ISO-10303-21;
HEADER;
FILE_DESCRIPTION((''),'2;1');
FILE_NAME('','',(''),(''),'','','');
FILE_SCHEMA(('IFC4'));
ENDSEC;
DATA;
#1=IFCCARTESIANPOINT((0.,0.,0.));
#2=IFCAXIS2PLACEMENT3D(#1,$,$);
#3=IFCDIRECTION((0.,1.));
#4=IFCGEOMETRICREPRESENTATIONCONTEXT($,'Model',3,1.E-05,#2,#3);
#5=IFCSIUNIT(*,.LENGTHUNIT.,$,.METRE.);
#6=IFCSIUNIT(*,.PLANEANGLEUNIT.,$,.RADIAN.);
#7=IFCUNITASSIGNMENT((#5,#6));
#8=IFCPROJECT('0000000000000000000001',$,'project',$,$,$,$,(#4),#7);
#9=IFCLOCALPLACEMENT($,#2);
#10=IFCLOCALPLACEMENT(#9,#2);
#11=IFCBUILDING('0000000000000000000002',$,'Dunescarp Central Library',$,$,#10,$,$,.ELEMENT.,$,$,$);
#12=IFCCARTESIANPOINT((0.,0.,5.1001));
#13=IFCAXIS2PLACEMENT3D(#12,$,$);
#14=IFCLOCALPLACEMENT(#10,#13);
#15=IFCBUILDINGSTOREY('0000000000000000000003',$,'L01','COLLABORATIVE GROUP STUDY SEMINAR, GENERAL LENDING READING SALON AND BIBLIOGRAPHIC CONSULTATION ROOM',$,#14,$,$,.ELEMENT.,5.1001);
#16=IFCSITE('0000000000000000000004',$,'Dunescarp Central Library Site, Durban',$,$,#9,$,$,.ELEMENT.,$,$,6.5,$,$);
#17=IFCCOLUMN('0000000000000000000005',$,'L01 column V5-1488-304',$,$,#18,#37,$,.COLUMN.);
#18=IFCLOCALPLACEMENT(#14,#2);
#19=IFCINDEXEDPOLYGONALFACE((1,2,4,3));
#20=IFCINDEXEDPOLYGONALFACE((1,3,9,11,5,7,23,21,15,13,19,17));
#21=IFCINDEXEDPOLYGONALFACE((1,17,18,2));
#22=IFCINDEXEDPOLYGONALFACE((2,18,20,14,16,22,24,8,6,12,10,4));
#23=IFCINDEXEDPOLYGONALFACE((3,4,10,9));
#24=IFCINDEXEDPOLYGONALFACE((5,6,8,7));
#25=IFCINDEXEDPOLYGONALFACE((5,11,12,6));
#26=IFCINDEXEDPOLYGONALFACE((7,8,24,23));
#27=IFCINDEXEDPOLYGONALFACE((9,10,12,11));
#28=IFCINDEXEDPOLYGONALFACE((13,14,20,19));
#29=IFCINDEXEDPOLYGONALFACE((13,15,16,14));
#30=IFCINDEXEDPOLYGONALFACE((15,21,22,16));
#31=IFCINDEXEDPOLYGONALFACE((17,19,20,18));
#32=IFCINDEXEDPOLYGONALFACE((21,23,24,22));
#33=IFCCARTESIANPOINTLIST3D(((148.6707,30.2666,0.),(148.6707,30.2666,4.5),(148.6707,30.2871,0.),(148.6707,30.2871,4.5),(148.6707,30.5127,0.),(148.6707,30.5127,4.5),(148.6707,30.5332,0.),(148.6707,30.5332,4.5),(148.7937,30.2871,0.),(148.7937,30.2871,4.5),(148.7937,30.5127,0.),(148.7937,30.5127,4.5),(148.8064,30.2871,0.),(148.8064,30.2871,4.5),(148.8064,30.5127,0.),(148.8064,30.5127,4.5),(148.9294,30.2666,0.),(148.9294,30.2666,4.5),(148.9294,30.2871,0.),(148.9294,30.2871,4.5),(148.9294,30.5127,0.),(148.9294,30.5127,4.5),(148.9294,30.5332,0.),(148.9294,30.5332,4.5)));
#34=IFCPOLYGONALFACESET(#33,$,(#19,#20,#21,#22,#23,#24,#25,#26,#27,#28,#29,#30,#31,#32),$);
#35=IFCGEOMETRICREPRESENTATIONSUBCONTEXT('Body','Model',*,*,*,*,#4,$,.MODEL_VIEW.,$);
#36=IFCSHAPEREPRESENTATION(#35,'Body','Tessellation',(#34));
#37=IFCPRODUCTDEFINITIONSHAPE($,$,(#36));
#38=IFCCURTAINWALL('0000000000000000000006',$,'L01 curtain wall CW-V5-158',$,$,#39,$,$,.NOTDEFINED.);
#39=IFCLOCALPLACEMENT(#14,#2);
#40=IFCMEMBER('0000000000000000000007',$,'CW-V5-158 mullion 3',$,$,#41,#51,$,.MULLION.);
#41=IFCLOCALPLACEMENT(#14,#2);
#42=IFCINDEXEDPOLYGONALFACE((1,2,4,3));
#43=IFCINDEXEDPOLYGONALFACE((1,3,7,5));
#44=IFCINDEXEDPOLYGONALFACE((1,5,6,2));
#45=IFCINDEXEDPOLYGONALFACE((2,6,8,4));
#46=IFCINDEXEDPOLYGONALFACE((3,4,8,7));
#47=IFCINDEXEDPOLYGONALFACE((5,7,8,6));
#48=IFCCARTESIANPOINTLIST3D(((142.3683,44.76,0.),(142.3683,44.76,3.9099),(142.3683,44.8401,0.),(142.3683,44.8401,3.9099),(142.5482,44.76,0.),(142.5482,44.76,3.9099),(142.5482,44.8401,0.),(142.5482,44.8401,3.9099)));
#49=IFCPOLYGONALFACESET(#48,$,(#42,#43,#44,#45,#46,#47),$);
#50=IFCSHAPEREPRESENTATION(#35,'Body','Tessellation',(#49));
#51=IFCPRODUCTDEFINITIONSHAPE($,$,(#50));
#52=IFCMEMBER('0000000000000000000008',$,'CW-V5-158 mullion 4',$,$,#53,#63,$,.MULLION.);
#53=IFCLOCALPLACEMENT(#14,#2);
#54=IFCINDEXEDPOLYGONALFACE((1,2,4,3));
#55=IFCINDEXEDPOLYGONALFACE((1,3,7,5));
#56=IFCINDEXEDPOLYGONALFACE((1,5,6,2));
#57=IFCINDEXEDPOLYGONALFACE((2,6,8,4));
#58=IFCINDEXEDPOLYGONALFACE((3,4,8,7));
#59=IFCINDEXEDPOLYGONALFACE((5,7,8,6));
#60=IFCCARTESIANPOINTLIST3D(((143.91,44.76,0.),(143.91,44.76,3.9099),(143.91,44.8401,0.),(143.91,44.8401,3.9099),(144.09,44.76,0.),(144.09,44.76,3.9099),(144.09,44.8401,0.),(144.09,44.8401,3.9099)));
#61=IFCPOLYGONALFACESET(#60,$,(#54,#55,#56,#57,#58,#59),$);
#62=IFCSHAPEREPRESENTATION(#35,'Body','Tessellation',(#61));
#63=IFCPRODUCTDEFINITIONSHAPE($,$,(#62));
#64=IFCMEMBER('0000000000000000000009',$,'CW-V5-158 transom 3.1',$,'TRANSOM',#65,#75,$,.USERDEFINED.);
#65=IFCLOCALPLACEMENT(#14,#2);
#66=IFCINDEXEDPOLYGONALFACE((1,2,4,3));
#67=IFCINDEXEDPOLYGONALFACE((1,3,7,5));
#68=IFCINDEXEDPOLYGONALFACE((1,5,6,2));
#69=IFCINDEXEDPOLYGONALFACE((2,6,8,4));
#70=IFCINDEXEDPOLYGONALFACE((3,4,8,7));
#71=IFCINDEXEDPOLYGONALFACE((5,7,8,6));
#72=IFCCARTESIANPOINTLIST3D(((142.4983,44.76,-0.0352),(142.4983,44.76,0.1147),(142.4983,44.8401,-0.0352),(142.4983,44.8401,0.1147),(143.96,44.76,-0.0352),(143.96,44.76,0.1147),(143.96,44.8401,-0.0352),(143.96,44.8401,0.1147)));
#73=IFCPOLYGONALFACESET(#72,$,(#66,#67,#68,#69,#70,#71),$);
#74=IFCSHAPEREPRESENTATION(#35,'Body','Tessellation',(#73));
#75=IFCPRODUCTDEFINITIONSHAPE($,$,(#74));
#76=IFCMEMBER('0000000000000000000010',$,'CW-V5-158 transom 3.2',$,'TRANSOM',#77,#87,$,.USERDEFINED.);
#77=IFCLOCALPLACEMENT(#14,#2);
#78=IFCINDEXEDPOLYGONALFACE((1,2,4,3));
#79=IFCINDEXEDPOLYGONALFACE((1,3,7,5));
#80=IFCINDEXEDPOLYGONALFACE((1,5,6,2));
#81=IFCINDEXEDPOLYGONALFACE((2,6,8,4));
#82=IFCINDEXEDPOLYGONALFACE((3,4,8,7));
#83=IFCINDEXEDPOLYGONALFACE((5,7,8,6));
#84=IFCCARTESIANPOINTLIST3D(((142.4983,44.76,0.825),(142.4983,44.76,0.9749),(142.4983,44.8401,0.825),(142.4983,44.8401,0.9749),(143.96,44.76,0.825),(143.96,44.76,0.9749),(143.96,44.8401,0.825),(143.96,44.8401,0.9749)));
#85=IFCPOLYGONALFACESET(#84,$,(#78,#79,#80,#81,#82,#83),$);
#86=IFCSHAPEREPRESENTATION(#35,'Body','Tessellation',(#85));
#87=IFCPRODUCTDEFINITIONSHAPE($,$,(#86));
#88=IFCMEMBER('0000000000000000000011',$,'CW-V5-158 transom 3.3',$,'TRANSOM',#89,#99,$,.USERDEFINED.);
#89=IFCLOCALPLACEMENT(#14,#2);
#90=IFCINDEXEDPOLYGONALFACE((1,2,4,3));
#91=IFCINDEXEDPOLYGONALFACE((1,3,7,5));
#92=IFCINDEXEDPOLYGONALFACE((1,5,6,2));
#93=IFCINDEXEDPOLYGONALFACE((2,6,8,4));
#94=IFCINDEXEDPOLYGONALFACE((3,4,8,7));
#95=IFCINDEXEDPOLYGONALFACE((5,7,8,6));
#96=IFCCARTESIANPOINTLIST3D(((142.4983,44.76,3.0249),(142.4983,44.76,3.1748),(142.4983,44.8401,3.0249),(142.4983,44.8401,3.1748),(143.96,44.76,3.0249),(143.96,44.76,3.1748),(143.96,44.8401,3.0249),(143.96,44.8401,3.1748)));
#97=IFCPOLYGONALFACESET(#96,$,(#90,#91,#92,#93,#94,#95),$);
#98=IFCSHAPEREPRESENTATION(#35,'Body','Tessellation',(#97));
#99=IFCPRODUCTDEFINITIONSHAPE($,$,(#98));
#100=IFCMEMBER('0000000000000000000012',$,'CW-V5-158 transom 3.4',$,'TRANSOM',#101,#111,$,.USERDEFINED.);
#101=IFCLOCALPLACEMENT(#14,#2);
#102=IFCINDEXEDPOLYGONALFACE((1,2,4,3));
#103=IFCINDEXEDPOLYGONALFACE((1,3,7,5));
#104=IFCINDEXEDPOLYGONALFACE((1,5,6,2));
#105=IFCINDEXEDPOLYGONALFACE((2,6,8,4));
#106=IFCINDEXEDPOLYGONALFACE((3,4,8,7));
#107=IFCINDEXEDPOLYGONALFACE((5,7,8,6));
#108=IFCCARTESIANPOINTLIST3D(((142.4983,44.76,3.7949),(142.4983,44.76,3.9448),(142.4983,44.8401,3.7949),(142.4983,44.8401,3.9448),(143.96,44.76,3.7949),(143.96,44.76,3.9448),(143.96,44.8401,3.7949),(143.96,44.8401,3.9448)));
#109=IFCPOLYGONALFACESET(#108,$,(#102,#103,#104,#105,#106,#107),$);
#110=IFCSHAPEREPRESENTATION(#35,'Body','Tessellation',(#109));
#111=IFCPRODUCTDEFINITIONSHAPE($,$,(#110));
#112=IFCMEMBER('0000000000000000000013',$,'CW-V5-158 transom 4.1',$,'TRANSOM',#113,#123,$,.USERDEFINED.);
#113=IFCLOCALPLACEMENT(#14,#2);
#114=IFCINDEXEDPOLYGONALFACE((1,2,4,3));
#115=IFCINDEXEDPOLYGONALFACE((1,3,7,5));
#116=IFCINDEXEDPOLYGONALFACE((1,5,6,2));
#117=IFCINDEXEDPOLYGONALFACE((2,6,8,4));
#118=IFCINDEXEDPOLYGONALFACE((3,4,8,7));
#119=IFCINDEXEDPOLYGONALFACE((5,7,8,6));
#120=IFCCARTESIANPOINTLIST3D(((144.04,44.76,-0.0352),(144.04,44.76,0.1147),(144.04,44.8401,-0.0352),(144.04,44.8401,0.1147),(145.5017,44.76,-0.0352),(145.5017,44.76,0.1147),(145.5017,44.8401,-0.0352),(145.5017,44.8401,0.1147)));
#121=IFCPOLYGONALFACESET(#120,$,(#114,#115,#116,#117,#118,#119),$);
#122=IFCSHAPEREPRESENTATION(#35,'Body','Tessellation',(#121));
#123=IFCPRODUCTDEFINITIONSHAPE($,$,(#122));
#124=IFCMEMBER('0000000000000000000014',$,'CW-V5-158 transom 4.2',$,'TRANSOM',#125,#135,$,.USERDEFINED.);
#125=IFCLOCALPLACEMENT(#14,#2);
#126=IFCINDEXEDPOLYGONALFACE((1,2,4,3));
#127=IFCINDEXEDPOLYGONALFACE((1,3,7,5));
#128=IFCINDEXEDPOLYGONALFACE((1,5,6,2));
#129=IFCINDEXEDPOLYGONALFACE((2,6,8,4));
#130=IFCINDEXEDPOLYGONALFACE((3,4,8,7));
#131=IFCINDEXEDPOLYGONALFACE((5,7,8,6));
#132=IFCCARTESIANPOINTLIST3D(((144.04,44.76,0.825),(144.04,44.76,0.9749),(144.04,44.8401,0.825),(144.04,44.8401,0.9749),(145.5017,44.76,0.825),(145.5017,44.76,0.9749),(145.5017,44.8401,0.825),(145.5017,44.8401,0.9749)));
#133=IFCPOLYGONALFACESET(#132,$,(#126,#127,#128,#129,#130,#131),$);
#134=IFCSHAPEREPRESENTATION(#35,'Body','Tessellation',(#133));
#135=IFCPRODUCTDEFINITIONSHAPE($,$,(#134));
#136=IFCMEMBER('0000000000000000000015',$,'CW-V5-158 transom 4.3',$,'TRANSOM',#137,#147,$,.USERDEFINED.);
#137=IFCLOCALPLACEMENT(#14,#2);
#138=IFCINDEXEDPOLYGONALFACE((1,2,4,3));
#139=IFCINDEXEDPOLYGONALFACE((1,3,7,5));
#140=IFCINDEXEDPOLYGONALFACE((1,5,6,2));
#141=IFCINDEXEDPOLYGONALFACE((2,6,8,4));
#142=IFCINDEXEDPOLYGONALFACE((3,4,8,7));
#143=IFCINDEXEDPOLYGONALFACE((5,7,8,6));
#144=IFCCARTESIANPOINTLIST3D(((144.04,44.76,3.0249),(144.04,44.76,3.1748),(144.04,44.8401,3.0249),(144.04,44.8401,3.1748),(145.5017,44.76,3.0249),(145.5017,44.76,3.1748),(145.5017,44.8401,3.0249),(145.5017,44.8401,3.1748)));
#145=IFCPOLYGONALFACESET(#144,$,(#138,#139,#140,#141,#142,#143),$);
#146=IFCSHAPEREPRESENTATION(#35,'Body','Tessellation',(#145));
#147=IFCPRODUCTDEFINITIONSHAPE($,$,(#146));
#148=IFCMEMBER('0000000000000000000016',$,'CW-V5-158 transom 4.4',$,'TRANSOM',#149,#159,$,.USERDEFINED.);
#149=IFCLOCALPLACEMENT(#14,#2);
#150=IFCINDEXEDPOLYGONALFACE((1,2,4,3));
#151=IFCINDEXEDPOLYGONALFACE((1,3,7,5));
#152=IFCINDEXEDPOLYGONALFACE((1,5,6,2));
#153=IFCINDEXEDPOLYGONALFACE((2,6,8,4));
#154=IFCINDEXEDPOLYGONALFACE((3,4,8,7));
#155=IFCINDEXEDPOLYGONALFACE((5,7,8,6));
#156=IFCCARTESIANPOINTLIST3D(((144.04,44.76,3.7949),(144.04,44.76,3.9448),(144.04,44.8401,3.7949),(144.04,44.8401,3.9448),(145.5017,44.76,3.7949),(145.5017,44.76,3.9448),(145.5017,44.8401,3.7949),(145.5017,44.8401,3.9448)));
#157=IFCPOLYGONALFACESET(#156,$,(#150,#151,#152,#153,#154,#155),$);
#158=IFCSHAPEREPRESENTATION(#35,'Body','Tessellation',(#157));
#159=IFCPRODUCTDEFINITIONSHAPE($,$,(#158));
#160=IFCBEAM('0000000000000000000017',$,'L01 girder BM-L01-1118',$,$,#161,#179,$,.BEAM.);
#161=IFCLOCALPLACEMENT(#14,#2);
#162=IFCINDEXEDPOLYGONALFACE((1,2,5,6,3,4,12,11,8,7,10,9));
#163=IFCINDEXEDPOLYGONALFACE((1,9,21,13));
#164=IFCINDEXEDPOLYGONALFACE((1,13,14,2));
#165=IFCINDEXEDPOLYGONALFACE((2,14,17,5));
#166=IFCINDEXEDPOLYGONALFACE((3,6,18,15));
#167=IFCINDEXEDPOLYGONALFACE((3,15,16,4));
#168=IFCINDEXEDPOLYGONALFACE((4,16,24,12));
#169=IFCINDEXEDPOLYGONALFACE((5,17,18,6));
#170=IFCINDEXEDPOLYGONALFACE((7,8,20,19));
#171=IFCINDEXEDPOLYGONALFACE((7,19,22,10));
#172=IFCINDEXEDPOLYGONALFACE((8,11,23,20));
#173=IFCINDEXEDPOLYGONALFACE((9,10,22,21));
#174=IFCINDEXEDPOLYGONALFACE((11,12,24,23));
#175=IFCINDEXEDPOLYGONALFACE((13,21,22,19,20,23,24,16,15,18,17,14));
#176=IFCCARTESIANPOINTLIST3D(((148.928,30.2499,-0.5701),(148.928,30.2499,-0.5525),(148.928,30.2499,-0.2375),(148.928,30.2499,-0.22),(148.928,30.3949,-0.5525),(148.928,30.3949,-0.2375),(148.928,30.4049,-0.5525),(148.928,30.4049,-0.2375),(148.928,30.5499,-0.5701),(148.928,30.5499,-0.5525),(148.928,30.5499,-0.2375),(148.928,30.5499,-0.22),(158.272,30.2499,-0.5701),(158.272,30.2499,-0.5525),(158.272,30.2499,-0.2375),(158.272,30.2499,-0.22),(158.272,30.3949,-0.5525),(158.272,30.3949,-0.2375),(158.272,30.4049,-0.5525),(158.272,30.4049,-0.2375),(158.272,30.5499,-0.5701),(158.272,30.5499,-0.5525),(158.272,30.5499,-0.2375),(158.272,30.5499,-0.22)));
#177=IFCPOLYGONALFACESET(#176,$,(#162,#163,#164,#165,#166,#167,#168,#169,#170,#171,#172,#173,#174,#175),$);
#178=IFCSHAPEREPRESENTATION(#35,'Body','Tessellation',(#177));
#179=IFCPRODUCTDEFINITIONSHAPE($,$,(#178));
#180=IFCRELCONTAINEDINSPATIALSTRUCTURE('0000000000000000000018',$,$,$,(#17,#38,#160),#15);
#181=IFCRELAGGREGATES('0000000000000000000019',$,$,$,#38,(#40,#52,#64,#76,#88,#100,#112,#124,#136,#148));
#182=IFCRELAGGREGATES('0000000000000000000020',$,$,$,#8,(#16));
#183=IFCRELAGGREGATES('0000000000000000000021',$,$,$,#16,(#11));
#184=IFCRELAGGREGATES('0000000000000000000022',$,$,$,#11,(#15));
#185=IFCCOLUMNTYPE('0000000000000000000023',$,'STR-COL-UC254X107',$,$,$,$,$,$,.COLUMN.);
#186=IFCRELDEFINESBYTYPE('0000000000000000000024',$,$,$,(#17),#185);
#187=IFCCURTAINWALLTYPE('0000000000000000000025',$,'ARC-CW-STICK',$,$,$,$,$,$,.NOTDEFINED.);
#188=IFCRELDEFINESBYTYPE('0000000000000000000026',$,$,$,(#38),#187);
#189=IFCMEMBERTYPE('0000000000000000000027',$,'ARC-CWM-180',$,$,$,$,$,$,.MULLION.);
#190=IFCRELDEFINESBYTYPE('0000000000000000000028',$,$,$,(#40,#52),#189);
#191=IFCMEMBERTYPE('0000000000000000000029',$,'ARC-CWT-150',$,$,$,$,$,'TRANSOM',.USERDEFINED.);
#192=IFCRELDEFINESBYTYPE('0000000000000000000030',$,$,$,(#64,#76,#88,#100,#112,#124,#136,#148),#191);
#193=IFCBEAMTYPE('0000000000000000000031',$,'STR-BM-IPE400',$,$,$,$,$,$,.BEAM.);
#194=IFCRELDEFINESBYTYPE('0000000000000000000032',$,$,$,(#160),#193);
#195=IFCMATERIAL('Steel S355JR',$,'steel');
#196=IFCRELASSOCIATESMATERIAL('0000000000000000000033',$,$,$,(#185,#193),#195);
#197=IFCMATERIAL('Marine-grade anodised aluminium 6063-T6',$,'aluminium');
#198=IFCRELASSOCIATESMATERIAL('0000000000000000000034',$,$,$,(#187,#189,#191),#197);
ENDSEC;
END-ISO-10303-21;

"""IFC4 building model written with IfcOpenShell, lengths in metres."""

from ifc_helpers import new_model, si_unit, direction, frame, origin, origin_2d, place, context, subcontext, project, spatial, rectangle, i_section, extrude, material, material_profile, profile_set, type_object, element, aggregate, save


model = new_model("IFC4")

# Units and contexts
model_context = context("Model", 3, precision=1e-05, world=origin(), true_north=direction((0.0, 1.0)))
body_context = subcontext(model_context, "Body", "Model", "MODEL_VIEW")
ifc_project = project(units=[si_unit("LENGTHUNIT", "METRE"), si_unit("PLANEANGLEUNIT", "RADIAN")], contexts=[model_context])

# Site, building, storey
site_placement = place(None, origin())
site = spatial("IfcSite", under=ifc_project, at=site_placement, Name="Dunescarp Central Library Site, Durban", CompositionType="ELEMENT", RefElevation=6.5)
building_placement = place(site_placement, origin())
building = spatial("IfcBuilding", under=site, at=building_placement, Name="Dunescarp Central Library", CompositionType="ELEMENT")
storey_placement = place(building_placement, frame((0.0, 0.0, 5.1001)))
storey = spatial("IfcBuildingStorey", under=building, at=storey_placement, Name="L01", Description="COLLABORATIVE GROUP STUDY SEMINAR, GENERAL LENDING READING SALON AND BIBLIOGRAPHIC CONSULTATION ROOM", CompositionType="ELEMENT", Elevation=5.1001)

# Column
ifc_material_1 = material(Name="Steel S355JR", Category="steel")
ifc_material_profile_1 = material_profile(ifc_material_1, i_section(OverallWidth=0.2588, OverallDepth=0.2666, WebThickness=0.0127, FlangeThickness=0.0205, at=origin_2d()), Name="UC 254x254x107")
ifc_profile_set_1 = profile_set([ifc_material_profile_1], Name="Steel S355JR")
column_type = type_object("IfcColumnType", Name="STR-COL-UC254X107", PredefinedType="COLUMN", material=ifc_profile_set_1)
column_placement = place(storey_placement, frame((148.8, 30.3999, 0.0), z_axis=(0.0, 0.0, 1.0), x_axis=(1.0, 0.0, 0.0)))
element("IfcColumn", 1, at=column_placement, inside=storey, type_object=column_type, Name="L01 column V5-1488-304", PredefinedType="COLUMN", context=body_context, shape_type="SweptSolid", body=[
    extrude(i_section(OverallWidth=0.2588, OverallDepth=0.2666, WebThickness=0.0127, FlangeThickness=0.0205, at=origin_2d()), origin(), (0.0, 0.0, 1.0), 4.5),
])

# Curtain wall, members
ifc_material_2 = material(Name="Marine-grade anodised aluminium 6063-T6", Category="aluminium")
curtain_wall_type = type_object("IfcCurtainWallType", Name="ARC-CW-STICK", PredefinedType="NOTDEFINED", material=ifc_material_2)
curtain_wall_placement = place(storey_placement, origin())
curtain_wall = element("IfcCurtainWall", 2, at=curtain_wall_placement, inside=storey, type_object=curtain_wall_type, Name="L01 curtain wall CW-V5-158", PredefinedType="NOTDEFINED")
ifc_material_profile_2 = material_profile(ifc_material_2, rectangle(XDim=0.0801, YDim=0.1799, at=origin_2d()), Name="AL 80x180")
ifc_profile_set_2 = profile_set([ifc_material_profile_2], Name="Marine-grade anodised aluminium 6063-T6")
member_type_1 = type_object("IfcMemberType", Name="ARC-CWM-180", PredefinedType="MULLION", material=ifc_profile_set_2)
member_1_placement = place(storey_placement, frame((142.4583, 44.8, 0.0), z_axis=(0.0, 0.0, 1.0), x_axis=(0.0, 1.0, 0.0)))
member_1 = element("IfcMember", 3, at=member_1_placement, type_object=member_type_1, Name="CW-V5-158 mullion 3", PredefinedType="MULLION", context=body_context, shape_type="SweptSolid", body=[
    extrude(rectangle(XDim=0.0801, YDim=0.1799, at=origin_2d()), origin(), (0.0, 0.0, 1.0), 3.9099),
])
member_2_placement = place(storey_placement, frame((144.0, 44.8, 0.0), z_axis=(0.0, 0.0, 1.0), x_axis=(0.0, 1.0, 0.0)))
member_2 = element("IfcMember", 4, at=member_2_placement, type_object=member_type_1, Name="CW-V5-158 mullion 4", PredefinedType="MULLION", context=body_context, shape_type="SweptSolid", body=[
    extrude(rectangle(XDim=0.0801, YDim=0.1799, at=origin_2d()), origin(), (0.0, 0.0, 1.0), 3.9099),
])
ifc_material_profile_3 = material_profile(ifc_material_2, rectangle(XDim=0.0801, YDim=0.1499, at=origin_2d()), Name="AL 80x150")
ifc_profile_set_3 = profile_set([ifc_material_profile_3], Name="Marine-grade anodised aluminium 6063-T6")
member_type_2 = type_object("IfcMemberType", Name="ARC-CWT-150", ElementType="TRANSOM", PredefinedType="USERDEFINED", material=ifc_profile_set_3)
member_3_placement = place(storey_placement, frame((142.4983, 44.8, 0.0398), z_axis=(1.0, 0.0, 0.0), x_axis=(0.0, 1.0, 0.0)))
member_3 = element("IfcMember", 5, at=member_3_placement, type_object=member_type_2, Name="CW-V5-158 transom 3.1", ObjectType="TRANSOM", PredefinedType="USERDEFINED", context=body_context, shape_type="SweptSolid", body=[
    extrude(rectangle(XDim=0.0801, YDim=0.1499, at=origin_2d()), origin(), (0.0, 0.0, 1.0), 1.4617),
])
member_4_placement = place(storey_placement, frame((142.4983, 44.8, 0.8999), z_axis=(1.0, 0.0, 0.0), x_axis=(0.0, 1.0, 0.0)))
member_4 = element("IfcMember", 6, at=member_4_placement, type_object=member_type_2, Name="CW-V5-158 transom 3.2", ObjectType="TRANSOM", PredefinedType="USERDEFINED", context=body_context, shape_type="SweptSolid", body=[
    extrude(rectangle(XDim=0.0801, YDim=0.1499, at=origin_2d()), origin(), (0.0, 0.0, 1.0), 1.4617),
])
member_5_placement = place(storey_placement, frame((142.4983, 44.8, 3.0999), z_axis=(1.0, 0.0, 0.0), x_axis=(0.0, 1.0, 0.0)))
member_5 = element("IfcMember", 7, at=member_5_placement, type_object=member_type_2, Name="CW-V5-158 transom 3.3", ObjectType="TRANSOM", PredefinedType="USERDEFINED", context=body_context, shape_type="SweptSolid", body=[
    extrude(rectangle(XDim=0.0801, YDim=0.1499, at=origin_2d()), origin(), (0.0, 0.0, 1.0), 1.4617),
])
member_6_placement = place(storey_placement, frame((142.4983, 44.8, 3.8699), z_axis=(1.0, 0.0, 0.0), x_axis=(0.0, 1.0, 0.0)))
member_6 = element("IfcMember", 8, at=member_6_placement, type_object=member_type_2, Name="CW-V5-158 transom 3.4", ObjectType="TRANSOM", PredefinedType="USERDEFINED", context=body_context, shape_type="SweptSolid", body=[
    extrude(rectangle(XDim=0.0801, YDim=0.1499, at=origin_2d()), origin(), (0.0, 0.0, 1.0), 1.4617),
])
member_7_placement = place(storey_placement, frame((144.04, 44.8, 0.0398), z_axis=(1.0, 0.0, 0.0), x_axis=(0.0, 1.0, 0.0)))
member_7 = element("IfcMember", 9, at=member_7_placement, type_object=member_type_2, Name="CW-V5-158 transom 4.1", ObjectType="TRANSOM", PredefinedType="USERDEFINED", context=body_context, shape_type="SweptSolid", body=[
    extrude(rectangle(XDim=0.0801, YDim=0.1499, at=origin_2d()), origin(), (0.0, 0.0, 1.0), 1.4617),
])
member_8_placement = place(storey_placement, frame((144.04, 44.8, 0.8999), z_axis=(1.0, 0.0, 0.0), x_axis=(0.0, 1.0, 0.0)))
member_8 = element("IfcMember", 10, at=member_8_placement, type_object=member_type_2, Name="CW-V5-158 transom 4.2", ObjectType="TRANSOM", PredefinedType="USERDEFINED", context=body_context, shape_type="SweptSolid", body=[
    extrude(rectangle(XDim=0.0801, YDim=0.1499, at=origin_2d()), origin(), (0.0, 0.0, 1.0), 1.4617),
])
member_9_placement = place(storey_placement, frame((144.04, 44.8, 3.0999), z_axis=(1.0, 0.0, 0.0), x_axis=(0.0, 1.0, 0.0)))
member_9 = element("IfcMember", 11, at=member_9_placement, type_object=member_type_2, Name="CW-V5-158 transom 4.3", ObjectType="TRANSOM", PredefinedType="USERDEFINED", context=body_context, shape_type="SweptSolid", body=[
    extrude(rectangle(XDim=0.0801, YDim=0.1499, at=origin_2d()), origin(), (0.0, 0.0, 1.0), 1.4617),
])
member_10_placement = place(storey_placement, frame((144.04, 44.8, 3.8699), z_axis=(1.0, 0.0, 0.0), x_axis=(0.0, 1.0, 0.0)))
member_10 = element("IfcMember", 12, at=member_10_placement, type_object=member_type_2, Name="CW-V5-158 transom 4.4", ObjectType="TRANSOM", PredefinedType="USERDEFINED", context=body_context, shape_type="SweptSolid", body=[
    extrude(rectangle(XDim=0.0801, YDim=0.1499, at=origin_2d()), origin(), (0.0, 0.0, 1.0), 1.4617),
])

# Beam
ifc_material_profile_4 = material_profile(ifc_material_1, i_section(OverallWidth=0.3, OverallDepth=0.3501, WebThickness=0.01, FlangeThickness=0.0176, at=origin_2d()), Name="HEA 360")
ifc_profile_set_4 = profile_set([ifc_material_profile_4], Name="Steel S355JR")
beam_type_1 = type_object("IfcBeamType", Name="STR-BM-IPE400", PredefinedType="BEAM", material=ifc_profile_set_4)
beam_1_placement = place(storey_placement, frame((148.928, 30.3999, -0.395), z_axis=(1.0, 0.0, 0.0), x_axis=(0.0, 1.0, 0.0)))
element("IfcBeam", 13, at=beam_1_placement, inside=storey, type_object=beam_type_1, Name="L01 girder BM-L01-1118", PredefinedType="BEAM", context=body_context, shape_type="SweptSolid", body=[
    extrude(i_section(OverallWidth=0.3, OverallDepth=0.3501, WebThickness=0.01, FlangeThickness=0.0176, at=origin_2d()), origin(), (0.0, 0.0, 1.0), 9.344),
])

aggregate(curtain_wall, [member_1, member_2, member_3, member_4, member_5, member_6, member_7, member_8, member_9, member_10])

save(model, "model.ifc")
